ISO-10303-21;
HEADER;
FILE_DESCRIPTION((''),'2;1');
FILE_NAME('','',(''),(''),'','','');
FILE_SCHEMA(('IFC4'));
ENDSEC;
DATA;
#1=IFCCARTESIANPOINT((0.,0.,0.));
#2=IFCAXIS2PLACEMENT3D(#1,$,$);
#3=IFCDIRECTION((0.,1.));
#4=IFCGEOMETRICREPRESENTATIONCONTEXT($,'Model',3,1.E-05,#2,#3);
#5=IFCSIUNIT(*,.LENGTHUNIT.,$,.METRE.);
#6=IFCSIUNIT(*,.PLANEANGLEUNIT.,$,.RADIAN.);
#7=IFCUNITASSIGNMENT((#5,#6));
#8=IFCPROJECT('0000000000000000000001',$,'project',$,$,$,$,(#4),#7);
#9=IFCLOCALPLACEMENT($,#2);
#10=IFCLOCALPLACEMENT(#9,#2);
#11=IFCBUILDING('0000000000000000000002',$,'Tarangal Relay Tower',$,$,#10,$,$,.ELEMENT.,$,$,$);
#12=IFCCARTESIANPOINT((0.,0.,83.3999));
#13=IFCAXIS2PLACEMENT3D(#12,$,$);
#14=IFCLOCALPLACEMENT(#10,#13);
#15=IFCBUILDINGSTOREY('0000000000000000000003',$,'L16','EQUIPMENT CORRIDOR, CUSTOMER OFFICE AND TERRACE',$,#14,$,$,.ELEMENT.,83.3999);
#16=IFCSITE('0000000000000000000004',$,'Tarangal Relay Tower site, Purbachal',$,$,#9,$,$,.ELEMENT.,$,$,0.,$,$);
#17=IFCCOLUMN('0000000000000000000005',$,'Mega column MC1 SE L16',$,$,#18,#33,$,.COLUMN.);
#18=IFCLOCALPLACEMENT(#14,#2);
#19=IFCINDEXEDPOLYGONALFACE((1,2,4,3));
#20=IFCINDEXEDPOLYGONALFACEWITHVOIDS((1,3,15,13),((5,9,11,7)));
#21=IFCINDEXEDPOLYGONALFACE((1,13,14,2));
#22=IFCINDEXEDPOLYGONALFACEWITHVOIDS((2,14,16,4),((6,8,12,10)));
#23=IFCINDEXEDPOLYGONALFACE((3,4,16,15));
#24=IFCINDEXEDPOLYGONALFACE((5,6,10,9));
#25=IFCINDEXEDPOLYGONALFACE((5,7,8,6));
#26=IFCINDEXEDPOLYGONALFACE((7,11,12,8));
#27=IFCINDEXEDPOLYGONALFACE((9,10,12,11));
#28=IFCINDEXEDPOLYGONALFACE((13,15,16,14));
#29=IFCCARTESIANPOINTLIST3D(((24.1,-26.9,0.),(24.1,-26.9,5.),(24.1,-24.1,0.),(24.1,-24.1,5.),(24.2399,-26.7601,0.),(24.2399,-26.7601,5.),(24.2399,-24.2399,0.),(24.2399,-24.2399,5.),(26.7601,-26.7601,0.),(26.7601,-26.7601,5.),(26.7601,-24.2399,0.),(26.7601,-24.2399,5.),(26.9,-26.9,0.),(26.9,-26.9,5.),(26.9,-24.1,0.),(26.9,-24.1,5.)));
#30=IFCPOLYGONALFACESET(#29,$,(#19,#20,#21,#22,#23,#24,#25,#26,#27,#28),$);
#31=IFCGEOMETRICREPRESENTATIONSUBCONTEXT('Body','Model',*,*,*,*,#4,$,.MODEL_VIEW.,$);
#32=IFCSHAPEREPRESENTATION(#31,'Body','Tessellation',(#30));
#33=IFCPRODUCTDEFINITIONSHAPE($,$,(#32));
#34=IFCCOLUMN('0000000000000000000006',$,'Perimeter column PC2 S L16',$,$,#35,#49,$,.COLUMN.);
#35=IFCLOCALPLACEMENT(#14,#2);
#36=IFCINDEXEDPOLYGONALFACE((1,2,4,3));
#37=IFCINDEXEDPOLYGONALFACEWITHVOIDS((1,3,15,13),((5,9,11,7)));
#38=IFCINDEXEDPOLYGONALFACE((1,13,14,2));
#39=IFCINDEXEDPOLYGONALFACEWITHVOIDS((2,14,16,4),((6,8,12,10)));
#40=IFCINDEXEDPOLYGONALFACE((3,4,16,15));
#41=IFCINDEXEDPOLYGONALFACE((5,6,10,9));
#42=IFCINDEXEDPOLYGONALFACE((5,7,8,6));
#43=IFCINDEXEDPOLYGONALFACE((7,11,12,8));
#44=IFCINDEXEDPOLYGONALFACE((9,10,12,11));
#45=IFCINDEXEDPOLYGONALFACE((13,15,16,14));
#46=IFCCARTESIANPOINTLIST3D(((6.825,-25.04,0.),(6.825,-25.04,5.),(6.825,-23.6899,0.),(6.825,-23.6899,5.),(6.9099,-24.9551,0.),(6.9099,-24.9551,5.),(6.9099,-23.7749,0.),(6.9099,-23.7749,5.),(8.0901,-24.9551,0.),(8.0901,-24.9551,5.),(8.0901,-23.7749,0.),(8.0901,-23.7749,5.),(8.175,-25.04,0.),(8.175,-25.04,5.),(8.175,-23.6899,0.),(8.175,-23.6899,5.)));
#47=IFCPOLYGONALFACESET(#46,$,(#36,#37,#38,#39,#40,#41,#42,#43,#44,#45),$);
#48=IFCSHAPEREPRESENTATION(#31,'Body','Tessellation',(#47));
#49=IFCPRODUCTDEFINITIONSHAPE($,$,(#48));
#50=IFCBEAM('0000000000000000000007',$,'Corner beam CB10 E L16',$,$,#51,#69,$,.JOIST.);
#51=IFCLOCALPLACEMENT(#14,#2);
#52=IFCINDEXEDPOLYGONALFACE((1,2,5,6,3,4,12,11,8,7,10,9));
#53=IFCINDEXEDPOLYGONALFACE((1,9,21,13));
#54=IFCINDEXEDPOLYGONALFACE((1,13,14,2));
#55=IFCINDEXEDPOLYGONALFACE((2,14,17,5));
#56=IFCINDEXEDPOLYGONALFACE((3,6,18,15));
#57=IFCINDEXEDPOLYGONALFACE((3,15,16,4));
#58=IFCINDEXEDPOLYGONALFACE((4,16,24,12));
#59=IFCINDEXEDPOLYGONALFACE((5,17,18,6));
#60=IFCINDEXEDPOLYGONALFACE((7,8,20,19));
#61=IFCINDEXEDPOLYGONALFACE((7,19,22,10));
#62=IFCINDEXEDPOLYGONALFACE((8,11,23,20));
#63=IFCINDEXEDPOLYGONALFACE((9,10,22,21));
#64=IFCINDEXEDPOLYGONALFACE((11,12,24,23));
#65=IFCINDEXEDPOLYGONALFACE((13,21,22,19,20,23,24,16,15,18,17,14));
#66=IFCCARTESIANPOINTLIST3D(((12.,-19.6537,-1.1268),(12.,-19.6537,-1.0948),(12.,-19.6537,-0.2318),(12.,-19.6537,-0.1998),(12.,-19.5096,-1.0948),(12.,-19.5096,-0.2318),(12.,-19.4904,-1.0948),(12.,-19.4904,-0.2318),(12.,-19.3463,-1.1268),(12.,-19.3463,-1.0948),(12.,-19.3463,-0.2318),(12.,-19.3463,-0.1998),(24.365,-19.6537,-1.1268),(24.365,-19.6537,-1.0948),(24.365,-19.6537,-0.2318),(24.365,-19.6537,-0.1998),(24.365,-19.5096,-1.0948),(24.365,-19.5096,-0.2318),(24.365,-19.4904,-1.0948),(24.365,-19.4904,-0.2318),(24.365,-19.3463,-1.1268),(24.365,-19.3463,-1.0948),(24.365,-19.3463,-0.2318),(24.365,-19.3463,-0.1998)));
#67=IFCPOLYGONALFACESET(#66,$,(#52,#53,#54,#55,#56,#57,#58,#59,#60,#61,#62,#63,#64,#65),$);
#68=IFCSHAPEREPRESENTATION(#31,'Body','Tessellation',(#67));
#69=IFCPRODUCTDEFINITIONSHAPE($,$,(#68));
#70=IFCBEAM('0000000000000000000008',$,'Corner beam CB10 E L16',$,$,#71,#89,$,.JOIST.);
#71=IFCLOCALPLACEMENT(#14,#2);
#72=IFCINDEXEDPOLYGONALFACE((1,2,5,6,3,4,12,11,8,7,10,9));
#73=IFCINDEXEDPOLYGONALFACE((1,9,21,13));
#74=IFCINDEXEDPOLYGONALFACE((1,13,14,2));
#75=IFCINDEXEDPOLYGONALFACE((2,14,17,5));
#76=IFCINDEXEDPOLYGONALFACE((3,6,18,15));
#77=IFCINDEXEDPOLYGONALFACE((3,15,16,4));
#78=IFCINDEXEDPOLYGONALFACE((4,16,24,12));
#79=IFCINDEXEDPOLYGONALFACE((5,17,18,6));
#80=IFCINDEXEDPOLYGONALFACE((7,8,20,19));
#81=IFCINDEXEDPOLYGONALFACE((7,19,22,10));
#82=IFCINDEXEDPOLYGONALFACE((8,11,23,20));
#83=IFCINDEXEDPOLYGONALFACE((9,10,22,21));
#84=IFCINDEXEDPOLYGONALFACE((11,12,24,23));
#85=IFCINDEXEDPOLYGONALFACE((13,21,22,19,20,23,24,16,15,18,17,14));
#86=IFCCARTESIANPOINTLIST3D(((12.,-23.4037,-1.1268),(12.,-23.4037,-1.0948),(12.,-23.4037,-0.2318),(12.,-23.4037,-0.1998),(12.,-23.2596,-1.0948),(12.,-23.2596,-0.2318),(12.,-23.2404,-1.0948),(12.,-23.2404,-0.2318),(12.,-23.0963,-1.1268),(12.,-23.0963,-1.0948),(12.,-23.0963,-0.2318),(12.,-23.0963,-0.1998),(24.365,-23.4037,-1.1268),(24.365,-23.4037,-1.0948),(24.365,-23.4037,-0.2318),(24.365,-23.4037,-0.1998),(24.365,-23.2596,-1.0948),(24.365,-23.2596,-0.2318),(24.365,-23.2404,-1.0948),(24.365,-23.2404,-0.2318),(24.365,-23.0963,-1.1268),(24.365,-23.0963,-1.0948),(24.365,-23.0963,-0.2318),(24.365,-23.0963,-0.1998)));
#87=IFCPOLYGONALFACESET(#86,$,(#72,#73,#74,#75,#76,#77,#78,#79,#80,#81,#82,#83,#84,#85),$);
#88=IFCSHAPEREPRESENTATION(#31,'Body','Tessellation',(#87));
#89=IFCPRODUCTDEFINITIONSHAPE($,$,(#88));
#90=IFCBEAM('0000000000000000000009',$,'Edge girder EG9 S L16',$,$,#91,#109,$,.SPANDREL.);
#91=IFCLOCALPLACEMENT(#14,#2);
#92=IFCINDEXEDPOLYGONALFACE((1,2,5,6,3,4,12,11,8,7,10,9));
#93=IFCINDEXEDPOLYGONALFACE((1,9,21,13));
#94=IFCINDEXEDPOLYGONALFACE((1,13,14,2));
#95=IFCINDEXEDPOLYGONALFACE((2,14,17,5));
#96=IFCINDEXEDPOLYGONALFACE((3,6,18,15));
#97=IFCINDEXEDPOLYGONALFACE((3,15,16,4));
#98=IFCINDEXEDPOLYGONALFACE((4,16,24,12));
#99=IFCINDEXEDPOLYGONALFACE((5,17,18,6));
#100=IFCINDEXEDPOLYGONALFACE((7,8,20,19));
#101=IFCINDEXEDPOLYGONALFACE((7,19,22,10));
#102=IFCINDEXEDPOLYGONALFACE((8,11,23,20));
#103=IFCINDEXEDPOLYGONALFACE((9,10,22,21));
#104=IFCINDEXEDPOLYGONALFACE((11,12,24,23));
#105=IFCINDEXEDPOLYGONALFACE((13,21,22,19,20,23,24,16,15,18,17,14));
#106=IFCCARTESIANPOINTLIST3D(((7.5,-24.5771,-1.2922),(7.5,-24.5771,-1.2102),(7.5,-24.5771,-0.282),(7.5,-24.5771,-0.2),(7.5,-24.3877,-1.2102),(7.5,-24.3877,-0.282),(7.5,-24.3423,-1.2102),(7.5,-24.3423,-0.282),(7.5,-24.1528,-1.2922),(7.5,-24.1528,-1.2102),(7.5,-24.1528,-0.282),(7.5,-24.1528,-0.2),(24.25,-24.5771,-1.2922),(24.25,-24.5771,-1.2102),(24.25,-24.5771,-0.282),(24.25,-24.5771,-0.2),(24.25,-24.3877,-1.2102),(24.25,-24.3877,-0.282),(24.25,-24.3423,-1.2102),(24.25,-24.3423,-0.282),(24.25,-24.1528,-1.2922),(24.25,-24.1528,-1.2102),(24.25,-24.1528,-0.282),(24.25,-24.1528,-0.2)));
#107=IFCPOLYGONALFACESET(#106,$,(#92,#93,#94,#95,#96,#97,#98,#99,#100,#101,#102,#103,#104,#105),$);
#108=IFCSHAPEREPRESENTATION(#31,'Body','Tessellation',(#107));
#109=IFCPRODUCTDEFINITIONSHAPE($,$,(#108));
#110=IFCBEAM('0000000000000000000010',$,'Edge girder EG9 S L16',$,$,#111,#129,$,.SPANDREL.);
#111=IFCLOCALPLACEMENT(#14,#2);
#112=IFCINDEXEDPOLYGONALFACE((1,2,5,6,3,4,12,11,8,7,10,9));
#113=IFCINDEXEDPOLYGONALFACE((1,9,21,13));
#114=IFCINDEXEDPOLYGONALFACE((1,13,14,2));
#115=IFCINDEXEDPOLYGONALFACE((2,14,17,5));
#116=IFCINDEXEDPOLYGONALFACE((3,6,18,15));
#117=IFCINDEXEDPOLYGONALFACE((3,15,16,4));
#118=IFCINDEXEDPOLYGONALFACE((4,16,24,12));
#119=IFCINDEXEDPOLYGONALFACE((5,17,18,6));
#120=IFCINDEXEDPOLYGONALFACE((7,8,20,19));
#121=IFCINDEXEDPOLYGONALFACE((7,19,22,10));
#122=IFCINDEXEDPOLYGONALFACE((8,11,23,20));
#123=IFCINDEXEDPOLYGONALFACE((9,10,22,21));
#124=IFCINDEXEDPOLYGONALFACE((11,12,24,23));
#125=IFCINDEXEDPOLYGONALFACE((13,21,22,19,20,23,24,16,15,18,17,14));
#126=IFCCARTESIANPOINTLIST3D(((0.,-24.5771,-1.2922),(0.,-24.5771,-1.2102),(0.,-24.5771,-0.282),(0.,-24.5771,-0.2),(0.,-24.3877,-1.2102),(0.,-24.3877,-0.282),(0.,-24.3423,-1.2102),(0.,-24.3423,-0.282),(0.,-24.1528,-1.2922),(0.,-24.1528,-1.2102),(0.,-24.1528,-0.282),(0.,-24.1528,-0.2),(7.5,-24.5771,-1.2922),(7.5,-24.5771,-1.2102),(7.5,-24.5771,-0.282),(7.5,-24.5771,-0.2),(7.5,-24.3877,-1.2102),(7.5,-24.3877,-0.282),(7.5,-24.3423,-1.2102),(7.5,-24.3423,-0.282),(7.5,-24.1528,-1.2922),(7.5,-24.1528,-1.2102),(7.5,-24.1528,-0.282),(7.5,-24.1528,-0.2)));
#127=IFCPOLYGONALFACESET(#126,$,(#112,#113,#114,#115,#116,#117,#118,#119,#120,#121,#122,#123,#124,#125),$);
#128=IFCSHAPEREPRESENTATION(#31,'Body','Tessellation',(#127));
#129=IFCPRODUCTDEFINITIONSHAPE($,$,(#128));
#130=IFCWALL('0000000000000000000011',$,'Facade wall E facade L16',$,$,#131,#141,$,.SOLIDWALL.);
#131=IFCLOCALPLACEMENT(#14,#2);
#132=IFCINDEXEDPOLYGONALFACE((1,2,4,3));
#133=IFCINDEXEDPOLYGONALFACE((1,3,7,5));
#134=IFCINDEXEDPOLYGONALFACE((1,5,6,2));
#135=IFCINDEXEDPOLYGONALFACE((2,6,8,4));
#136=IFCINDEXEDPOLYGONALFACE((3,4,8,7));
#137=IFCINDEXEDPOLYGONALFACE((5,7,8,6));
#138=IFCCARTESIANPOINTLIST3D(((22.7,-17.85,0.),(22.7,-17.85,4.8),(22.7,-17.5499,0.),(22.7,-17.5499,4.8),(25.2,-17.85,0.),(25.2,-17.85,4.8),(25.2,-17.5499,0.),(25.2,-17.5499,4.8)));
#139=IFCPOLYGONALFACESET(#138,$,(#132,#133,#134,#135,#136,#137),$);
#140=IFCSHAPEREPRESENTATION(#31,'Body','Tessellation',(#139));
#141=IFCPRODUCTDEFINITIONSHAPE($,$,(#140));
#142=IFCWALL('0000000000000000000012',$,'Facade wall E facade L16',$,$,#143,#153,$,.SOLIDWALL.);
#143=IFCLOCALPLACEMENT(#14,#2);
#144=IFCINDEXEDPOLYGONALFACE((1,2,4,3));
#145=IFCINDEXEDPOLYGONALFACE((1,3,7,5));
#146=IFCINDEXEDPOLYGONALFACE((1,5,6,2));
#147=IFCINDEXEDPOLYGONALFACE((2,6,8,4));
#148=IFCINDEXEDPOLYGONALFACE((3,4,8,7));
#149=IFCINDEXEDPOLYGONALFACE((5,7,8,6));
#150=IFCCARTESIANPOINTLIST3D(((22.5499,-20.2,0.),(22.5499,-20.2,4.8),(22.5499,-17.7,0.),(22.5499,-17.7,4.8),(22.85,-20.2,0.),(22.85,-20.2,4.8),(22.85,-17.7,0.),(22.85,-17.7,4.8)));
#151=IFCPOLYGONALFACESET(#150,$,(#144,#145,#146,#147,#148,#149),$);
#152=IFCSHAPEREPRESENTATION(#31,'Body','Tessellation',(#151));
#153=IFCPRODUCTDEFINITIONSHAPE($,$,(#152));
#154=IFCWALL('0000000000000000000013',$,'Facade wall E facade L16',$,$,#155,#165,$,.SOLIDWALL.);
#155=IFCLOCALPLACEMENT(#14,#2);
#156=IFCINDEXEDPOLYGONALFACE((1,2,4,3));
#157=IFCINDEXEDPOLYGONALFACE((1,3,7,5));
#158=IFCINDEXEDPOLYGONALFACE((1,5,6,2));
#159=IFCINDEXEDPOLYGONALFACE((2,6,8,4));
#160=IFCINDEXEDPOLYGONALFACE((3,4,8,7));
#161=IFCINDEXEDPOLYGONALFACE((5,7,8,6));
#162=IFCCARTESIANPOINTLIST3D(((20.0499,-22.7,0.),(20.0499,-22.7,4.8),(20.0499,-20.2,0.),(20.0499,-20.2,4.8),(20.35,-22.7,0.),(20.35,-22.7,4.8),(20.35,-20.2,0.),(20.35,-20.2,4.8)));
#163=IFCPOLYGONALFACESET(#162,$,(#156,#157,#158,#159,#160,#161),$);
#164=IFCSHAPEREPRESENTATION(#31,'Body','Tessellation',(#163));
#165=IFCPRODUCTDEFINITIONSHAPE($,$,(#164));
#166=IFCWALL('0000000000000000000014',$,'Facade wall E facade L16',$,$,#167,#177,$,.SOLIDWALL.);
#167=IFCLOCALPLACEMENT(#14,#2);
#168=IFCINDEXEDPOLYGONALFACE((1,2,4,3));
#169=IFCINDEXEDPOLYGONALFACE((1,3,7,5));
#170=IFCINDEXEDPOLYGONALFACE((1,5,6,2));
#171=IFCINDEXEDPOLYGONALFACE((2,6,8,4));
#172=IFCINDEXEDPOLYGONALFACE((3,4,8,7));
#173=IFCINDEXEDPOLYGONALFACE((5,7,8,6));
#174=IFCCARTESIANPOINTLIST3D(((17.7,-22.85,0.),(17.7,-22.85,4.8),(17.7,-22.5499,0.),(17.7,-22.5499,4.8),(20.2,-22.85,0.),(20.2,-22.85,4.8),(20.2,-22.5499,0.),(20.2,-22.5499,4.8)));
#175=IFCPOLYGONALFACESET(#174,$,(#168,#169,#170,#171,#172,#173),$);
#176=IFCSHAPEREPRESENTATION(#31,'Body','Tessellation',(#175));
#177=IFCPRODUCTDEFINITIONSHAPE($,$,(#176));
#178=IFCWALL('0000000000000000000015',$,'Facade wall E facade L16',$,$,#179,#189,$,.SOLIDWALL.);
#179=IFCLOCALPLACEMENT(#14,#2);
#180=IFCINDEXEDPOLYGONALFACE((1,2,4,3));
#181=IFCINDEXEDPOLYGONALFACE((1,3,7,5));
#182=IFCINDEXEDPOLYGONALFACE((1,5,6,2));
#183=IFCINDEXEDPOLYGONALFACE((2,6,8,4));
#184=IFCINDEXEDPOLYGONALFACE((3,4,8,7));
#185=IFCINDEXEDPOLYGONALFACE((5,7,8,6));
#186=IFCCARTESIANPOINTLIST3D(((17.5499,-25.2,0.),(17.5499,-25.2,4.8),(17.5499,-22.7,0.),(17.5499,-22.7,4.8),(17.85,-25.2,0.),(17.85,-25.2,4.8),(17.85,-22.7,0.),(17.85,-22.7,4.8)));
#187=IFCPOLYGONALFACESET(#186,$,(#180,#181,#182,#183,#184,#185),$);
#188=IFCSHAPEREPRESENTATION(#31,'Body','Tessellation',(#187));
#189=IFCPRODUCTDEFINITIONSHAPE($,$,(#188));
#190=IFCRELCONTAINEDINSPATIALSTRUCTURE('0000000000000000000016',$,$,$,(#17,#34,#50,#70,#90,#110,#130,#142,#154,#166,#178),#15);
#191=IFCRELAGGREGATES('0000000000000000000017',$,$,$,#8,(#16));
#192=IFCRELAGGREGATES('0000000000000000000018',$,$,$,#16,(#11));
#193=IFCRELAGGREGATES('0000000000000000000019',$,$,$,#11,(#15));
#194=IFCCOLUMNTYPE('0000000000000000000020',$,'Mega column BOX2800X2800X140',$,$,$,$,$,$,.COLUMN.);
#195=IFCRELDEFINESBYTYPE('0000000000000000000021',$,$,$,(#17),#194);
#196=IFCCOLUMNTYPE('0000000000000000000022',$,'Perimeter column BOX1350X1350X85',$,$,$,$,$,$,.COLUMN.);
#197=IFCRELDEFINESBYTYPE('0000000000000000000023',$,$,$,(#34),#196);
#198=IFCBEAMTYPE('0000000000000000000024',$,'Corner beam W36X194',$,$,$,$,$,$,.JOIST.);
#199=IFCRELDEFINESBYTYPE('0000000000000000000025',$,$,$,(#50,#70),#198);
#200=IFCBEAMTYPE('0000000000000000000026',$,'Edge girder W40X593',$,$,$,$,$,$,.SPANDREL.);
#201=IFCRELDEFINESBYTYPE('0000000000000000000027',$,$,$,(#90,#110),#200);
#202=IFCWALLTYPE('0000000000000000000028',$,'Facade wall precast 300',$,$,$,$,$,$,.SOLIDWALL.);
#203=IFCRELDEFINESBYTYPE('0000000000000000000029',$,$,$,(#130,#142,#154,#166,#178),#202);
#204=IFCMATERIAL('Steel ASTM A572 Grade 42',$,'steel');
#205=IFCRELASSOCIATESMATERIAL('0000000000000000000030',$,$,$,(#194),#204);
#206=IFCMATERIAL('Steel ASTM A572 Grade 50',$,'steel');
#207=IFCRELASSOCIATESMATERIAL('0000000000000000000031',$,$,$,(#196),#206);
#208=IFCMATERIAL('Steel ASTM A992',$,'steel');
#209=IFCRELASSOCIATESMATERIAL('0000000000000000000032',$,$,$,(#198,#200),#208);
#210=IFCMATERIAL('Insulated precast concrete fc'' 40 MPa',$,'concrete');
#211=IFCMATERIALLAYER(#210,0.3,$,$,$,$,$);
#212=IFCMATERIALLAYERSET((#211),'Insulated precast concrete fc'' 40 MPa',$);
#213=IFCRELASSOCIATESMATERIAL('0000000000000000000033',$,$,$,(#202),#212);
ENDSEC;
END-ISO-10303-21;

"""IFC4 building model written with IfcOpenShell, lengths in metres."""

from ifc_helpers import new_model, si_unit, direction, frame, frame_2d, origin, origin_2d, place, context, subcontext, project, spatial, rectangle, hollow_rectangle, i_section, extrude, material, layer, layer_set, material_profile, profile_set, type_object, element, save


model = new_model("IFC4")

# Units and contexts
model_context = context("Model", 3, precision=1e-05, world=origin(), true_north=direction((0.0, 1.0)))
body_context = subcontext(model_context, "Body", "Model", "MODEL_VIEW")
ifc_project = project(units=[si_unit("LENGTHUNIT", "METRE"), si_unit("PLANEANGLEUNIT", "RADIAN")], contexts=[model_context])

# Site, building, storey
site_placement = place(None, origin())
site = spatial("IfcSite", under=ifc_project, at=site_placement, Name="Tarangal Relay Tower site, Purbachal", CompositionType="ELEMENT", RefElevation=0.0)
building_placement = place(site_placement, origin())
building = spatial("IfcBuilding", under=site, at=building_placement, Name="Tarangal Relay Tower", CompositionType="ELEMENT")
storey_placement = place(building_placement, frame((0.0, 0.0, 83.3999)))
storey = spatial("IfcBuildingStorey", under=building, at=storey_placement, Name="L16", Description="EQUIPMENT CORRIDOR, CUSTOMER OFFICE AND TERRACE", CompositionType="ELEMENT", Elevation=83.3999)

# Columns
ifc_material_1 = material(Name="Steel ASTM A572 Grade 42", Category="steel")
ifc_material_profile_1 = material_profile(ifc_material_1, hollow_rectangle(XDim=2.8, YDim=2.8, WallThickness=0.1399, at=origin_2d()), Name="BOX2800X2800X140")
ifc_profile_set_1 = profile_set([ifc_material_profile_1], Name="Steel ASTM A572 Grade 42")
column_type_1 = type_object("IfcColumnType", Name="Mega column BOX2800X2800X140", PredefinedType="COLUMN", material=ifc_profile_set_1)
column_1_placement = place(storey_placement, frame((25.5, -25.5, 0.0), z_axis=(0.0, 0.0, 1.0), x_axis=(1.0, 0.0, 0.0)))
element("IfcColumn", 1, at=column_1_placement, inside=storey, type_object=column_type_1, Name="Mega column MC1 SE L16", PredefinedType="COLUMN", context=body_context, shape_type="SweptSolid", body=[
    extrude(hollow_rectangle(XDim=2.8, YDim=2.8, WallThickness=0.1399, at=origin_2d()), origin(), (0.0, 0.0, 1.0), 5.0),
])
ifc_material_2 = material(Name="Steel ASTM A572 Grade 50", Category="steel")
ifc_material_profile_2 = material_profile(ifc_material_2, hollow_rectangle(XDim=1.3501, YDim=1.3501, WallThickness=0.085, at=origin_2d()), Name="BOX1350X1350X85")
ifc_profile_set_2 = profile_set([ifc_material_profile_2], Name="Steel ASTM A572 Grade 50")
column_type_2 = type_object("IfcColumnType", Name="Perimeter column BOX1350X1350X85", PredefinedType="COLUMN", material=ifc_profile_set_2)
column_2_placement = place(storey_placement, frame((7.5, -24.365, 0.0), z_axis=(0.0, 0.0, 1.0), x_axis=(1.0, 0.0, 0.0)))
element("IfcColumn", 2, at=column_2_placement, inside=storey, type_object=column_type_2, Name="Perimeter column PC2 S L16", PredefinedType="COLUMN", context=body_context, shape_type="SweptSolid", body=[
    extrude(hollow_rectangle(XDim=1.3501, YDim=1.3501, WallThickness=0.085, at=origin_2d()), origin(), (0.0, 0.0, 1.0), 5.0),
])

# Beams
ifc_material_3 = material(Name="Steel ASTM A992", Category="steel")
ifc_material_profile_3 = material_profile(ifc_material_3, i_section(OverallWidth=0.3074, OverallDepth=0.927, WebThickness=0.0193, FlangeThickness=0.032, at=origin_2d()), Name="W36X194")
ifc_profile_set_3 = profile_set([ifc_material_profile_3], Name="Steel ASTM A992")
beam_type_1 = type_object("IfcBeamType", Name="Corner beam W36X194", PredefinedType="JOIST", material=ifc_profile_set_3)
for number, where, z_axis, x_axis, name in (
    (3, (12.0, -19.5, -0.6633), (1.0, 0.0, 0.0), (0.0, 1.0, 0.0), "Corner beam CB10 E L16"),
    (4, (12.0, -23.25, -0.6633), (1.0, 0.0, 0.0), (0.0, 1.0, 0.0), "Corner beam CB10 E L16"),
):
    element("IfcBeam", number, at=place(storey_placement, frame(where, z_axis=z_axis, x_axis=x_axis)), inside=storey, type_object=beam_type_1, Name=name, PredefinedType="JOIST", context=body_context, shape_type="SweptSolid", body=[
        extrude(i_section(OverallWidth=0.3074, OverallDepth=0.927, WebThickness=0.0193, FlangeThickness=0.032, at=origin_2d()), origin(), (0.0, 0.0, 1.0), 12.365),
    ])
ifc_material_profile_4 = material_profile(ifc_material_3, i_section(OverallWidth=0.4243, OverallDepth=1.0923, WebThickness=0.0454, FlangeThickness=0.082, at=origin_2d()), Name="W40X593")
ifc_profile_set_4 = profile_set([ifc_material_profile_4], Name="Steel ASTM A992")
beam_type_2 = type_object("IfcBeamType", Name="Edge girder W40X593", PredefinedType="SPANDREL", material=ifc_profile_set_4)
beam_1_placement = place(storey_placement, frame((24.25, -24.365, -0.7461), z_axis=(-1.0, 0.0, 0.0), x_axis=(0.0, -1.0, 0.0)))
element("IfcBeam", 5, at=beam_1_placement, inside=storey, type_object=beam_type_2, Name="Edge girder EG9 S L16", PredefinedType="SPANDREL", context=body_context, shape_type="SweptSolid", body=[
    extrude(i_section(OverallWidth=0.4243, OverallDepth=1.0923, WebThickness=0.0454, FlangeThickness=0.082, at=origin_2d()), origin(), (0.0, 0.0, 1.0), 16.75),
])
beam_2_placement = place(storey_placement, frame((7.5, -24.365, -0.7461), z_axis=(-1.0, 0.0, 0.0), x_axis=(0.0, -1.0, 0.0)))
element("IfcBeam", 6, at=beam_2_placement, inside=storey, type_object=beam_type_2, Name="Edge girder EG9 S L16", PredefinedType="SPANDREL", context=body_context, shape_type="SweptSolid", body=[
    extrude(i_section(OverallWidth=0.4243, OverallDepth=1.0923, WebThickness=0.0454, FlangeThickness=0.082, at=origin_2d()), origin(), (0.0, 0.0, 1.0), 7.5),
])

# Walls
ifc_material_4 = material(Name="Insulated precast concrete fc' 40 MPa", Category="concrete")
ifc_layer_1 = layer(ifc_material_4, 0.3)
ifc_layer_set_1 = layer_set([ifc_layer_1], Name="Insulated precast concrete fc' 40 MPa")
wall_type_1 = type_object("IfcWallType", Name="Facade wall precast 300", PredefinedType="SOLIDWALL", material=ifc_layer_set_1)
for number, where, z_axis, x_axis, name in (
    (7, (25.2, -17.7, 0.0), (0.0, 0.0, 1.0), (-1.0, 0.0, 0.0), "Facade wall E facade L16"),
    (8, (22.7, -17.7, 0.0), (0.0, 0.0, 1.0), (0.0, -1.0, 0.0), "Facade wall E facade L16"),
):
    element("IfcWall", number, at=place(storey_placement, frame(where, z_axis=z_axis, x_axis=x_axis)), inside=storey, type_object=wall_type_1, Name=name, PredefinedType="SOLIDWALL", context=body_context, shape_type="SweptSolid", body=[
        extrude(rectangle(XDim=2.5, YDim=0.3, at=frame_2d((1.25, 0.0))), origin(), (0.0, 0.0, 1.0), 4.8),
    ])

# Walls
for number, where, z_axis, x_axis, name in (
    (9, (20.2, -20.2, 0.0), (0.0, 0.0, 1.0), (0.0, -1.0, 0.0), "Facade wall E facade L16"),
    (10, (20.2, -22.7, 0.0), (0.0, 0.0, 1.0), (-1.0, 0.0, 0.0), "Facade wall E facade L16"),
    (11, (17.7, -22.7, 0.0), (0.0, 0.0, 1.0), (0.0, -1.0, 0.0), "Facade wall E facade L16"),
):
    element("IfcWall", number, at=place(storey_placement, frame(where, z_axis=z_axis, x_axis=x_axis)), inside=storey, type_object=wall_type_1, Name=name, PredefinedType="SOLIDWALL", context=body_context, shape_type="SweptSolid", body=[
        extrude(rectangle(XDim=2.5, YDim=0.3, at=frame_2d((1.25, 0.0))), origin(), (0.0, 0.0, 1.0), 4.8),
    ])

save(model, "model.ifc")
